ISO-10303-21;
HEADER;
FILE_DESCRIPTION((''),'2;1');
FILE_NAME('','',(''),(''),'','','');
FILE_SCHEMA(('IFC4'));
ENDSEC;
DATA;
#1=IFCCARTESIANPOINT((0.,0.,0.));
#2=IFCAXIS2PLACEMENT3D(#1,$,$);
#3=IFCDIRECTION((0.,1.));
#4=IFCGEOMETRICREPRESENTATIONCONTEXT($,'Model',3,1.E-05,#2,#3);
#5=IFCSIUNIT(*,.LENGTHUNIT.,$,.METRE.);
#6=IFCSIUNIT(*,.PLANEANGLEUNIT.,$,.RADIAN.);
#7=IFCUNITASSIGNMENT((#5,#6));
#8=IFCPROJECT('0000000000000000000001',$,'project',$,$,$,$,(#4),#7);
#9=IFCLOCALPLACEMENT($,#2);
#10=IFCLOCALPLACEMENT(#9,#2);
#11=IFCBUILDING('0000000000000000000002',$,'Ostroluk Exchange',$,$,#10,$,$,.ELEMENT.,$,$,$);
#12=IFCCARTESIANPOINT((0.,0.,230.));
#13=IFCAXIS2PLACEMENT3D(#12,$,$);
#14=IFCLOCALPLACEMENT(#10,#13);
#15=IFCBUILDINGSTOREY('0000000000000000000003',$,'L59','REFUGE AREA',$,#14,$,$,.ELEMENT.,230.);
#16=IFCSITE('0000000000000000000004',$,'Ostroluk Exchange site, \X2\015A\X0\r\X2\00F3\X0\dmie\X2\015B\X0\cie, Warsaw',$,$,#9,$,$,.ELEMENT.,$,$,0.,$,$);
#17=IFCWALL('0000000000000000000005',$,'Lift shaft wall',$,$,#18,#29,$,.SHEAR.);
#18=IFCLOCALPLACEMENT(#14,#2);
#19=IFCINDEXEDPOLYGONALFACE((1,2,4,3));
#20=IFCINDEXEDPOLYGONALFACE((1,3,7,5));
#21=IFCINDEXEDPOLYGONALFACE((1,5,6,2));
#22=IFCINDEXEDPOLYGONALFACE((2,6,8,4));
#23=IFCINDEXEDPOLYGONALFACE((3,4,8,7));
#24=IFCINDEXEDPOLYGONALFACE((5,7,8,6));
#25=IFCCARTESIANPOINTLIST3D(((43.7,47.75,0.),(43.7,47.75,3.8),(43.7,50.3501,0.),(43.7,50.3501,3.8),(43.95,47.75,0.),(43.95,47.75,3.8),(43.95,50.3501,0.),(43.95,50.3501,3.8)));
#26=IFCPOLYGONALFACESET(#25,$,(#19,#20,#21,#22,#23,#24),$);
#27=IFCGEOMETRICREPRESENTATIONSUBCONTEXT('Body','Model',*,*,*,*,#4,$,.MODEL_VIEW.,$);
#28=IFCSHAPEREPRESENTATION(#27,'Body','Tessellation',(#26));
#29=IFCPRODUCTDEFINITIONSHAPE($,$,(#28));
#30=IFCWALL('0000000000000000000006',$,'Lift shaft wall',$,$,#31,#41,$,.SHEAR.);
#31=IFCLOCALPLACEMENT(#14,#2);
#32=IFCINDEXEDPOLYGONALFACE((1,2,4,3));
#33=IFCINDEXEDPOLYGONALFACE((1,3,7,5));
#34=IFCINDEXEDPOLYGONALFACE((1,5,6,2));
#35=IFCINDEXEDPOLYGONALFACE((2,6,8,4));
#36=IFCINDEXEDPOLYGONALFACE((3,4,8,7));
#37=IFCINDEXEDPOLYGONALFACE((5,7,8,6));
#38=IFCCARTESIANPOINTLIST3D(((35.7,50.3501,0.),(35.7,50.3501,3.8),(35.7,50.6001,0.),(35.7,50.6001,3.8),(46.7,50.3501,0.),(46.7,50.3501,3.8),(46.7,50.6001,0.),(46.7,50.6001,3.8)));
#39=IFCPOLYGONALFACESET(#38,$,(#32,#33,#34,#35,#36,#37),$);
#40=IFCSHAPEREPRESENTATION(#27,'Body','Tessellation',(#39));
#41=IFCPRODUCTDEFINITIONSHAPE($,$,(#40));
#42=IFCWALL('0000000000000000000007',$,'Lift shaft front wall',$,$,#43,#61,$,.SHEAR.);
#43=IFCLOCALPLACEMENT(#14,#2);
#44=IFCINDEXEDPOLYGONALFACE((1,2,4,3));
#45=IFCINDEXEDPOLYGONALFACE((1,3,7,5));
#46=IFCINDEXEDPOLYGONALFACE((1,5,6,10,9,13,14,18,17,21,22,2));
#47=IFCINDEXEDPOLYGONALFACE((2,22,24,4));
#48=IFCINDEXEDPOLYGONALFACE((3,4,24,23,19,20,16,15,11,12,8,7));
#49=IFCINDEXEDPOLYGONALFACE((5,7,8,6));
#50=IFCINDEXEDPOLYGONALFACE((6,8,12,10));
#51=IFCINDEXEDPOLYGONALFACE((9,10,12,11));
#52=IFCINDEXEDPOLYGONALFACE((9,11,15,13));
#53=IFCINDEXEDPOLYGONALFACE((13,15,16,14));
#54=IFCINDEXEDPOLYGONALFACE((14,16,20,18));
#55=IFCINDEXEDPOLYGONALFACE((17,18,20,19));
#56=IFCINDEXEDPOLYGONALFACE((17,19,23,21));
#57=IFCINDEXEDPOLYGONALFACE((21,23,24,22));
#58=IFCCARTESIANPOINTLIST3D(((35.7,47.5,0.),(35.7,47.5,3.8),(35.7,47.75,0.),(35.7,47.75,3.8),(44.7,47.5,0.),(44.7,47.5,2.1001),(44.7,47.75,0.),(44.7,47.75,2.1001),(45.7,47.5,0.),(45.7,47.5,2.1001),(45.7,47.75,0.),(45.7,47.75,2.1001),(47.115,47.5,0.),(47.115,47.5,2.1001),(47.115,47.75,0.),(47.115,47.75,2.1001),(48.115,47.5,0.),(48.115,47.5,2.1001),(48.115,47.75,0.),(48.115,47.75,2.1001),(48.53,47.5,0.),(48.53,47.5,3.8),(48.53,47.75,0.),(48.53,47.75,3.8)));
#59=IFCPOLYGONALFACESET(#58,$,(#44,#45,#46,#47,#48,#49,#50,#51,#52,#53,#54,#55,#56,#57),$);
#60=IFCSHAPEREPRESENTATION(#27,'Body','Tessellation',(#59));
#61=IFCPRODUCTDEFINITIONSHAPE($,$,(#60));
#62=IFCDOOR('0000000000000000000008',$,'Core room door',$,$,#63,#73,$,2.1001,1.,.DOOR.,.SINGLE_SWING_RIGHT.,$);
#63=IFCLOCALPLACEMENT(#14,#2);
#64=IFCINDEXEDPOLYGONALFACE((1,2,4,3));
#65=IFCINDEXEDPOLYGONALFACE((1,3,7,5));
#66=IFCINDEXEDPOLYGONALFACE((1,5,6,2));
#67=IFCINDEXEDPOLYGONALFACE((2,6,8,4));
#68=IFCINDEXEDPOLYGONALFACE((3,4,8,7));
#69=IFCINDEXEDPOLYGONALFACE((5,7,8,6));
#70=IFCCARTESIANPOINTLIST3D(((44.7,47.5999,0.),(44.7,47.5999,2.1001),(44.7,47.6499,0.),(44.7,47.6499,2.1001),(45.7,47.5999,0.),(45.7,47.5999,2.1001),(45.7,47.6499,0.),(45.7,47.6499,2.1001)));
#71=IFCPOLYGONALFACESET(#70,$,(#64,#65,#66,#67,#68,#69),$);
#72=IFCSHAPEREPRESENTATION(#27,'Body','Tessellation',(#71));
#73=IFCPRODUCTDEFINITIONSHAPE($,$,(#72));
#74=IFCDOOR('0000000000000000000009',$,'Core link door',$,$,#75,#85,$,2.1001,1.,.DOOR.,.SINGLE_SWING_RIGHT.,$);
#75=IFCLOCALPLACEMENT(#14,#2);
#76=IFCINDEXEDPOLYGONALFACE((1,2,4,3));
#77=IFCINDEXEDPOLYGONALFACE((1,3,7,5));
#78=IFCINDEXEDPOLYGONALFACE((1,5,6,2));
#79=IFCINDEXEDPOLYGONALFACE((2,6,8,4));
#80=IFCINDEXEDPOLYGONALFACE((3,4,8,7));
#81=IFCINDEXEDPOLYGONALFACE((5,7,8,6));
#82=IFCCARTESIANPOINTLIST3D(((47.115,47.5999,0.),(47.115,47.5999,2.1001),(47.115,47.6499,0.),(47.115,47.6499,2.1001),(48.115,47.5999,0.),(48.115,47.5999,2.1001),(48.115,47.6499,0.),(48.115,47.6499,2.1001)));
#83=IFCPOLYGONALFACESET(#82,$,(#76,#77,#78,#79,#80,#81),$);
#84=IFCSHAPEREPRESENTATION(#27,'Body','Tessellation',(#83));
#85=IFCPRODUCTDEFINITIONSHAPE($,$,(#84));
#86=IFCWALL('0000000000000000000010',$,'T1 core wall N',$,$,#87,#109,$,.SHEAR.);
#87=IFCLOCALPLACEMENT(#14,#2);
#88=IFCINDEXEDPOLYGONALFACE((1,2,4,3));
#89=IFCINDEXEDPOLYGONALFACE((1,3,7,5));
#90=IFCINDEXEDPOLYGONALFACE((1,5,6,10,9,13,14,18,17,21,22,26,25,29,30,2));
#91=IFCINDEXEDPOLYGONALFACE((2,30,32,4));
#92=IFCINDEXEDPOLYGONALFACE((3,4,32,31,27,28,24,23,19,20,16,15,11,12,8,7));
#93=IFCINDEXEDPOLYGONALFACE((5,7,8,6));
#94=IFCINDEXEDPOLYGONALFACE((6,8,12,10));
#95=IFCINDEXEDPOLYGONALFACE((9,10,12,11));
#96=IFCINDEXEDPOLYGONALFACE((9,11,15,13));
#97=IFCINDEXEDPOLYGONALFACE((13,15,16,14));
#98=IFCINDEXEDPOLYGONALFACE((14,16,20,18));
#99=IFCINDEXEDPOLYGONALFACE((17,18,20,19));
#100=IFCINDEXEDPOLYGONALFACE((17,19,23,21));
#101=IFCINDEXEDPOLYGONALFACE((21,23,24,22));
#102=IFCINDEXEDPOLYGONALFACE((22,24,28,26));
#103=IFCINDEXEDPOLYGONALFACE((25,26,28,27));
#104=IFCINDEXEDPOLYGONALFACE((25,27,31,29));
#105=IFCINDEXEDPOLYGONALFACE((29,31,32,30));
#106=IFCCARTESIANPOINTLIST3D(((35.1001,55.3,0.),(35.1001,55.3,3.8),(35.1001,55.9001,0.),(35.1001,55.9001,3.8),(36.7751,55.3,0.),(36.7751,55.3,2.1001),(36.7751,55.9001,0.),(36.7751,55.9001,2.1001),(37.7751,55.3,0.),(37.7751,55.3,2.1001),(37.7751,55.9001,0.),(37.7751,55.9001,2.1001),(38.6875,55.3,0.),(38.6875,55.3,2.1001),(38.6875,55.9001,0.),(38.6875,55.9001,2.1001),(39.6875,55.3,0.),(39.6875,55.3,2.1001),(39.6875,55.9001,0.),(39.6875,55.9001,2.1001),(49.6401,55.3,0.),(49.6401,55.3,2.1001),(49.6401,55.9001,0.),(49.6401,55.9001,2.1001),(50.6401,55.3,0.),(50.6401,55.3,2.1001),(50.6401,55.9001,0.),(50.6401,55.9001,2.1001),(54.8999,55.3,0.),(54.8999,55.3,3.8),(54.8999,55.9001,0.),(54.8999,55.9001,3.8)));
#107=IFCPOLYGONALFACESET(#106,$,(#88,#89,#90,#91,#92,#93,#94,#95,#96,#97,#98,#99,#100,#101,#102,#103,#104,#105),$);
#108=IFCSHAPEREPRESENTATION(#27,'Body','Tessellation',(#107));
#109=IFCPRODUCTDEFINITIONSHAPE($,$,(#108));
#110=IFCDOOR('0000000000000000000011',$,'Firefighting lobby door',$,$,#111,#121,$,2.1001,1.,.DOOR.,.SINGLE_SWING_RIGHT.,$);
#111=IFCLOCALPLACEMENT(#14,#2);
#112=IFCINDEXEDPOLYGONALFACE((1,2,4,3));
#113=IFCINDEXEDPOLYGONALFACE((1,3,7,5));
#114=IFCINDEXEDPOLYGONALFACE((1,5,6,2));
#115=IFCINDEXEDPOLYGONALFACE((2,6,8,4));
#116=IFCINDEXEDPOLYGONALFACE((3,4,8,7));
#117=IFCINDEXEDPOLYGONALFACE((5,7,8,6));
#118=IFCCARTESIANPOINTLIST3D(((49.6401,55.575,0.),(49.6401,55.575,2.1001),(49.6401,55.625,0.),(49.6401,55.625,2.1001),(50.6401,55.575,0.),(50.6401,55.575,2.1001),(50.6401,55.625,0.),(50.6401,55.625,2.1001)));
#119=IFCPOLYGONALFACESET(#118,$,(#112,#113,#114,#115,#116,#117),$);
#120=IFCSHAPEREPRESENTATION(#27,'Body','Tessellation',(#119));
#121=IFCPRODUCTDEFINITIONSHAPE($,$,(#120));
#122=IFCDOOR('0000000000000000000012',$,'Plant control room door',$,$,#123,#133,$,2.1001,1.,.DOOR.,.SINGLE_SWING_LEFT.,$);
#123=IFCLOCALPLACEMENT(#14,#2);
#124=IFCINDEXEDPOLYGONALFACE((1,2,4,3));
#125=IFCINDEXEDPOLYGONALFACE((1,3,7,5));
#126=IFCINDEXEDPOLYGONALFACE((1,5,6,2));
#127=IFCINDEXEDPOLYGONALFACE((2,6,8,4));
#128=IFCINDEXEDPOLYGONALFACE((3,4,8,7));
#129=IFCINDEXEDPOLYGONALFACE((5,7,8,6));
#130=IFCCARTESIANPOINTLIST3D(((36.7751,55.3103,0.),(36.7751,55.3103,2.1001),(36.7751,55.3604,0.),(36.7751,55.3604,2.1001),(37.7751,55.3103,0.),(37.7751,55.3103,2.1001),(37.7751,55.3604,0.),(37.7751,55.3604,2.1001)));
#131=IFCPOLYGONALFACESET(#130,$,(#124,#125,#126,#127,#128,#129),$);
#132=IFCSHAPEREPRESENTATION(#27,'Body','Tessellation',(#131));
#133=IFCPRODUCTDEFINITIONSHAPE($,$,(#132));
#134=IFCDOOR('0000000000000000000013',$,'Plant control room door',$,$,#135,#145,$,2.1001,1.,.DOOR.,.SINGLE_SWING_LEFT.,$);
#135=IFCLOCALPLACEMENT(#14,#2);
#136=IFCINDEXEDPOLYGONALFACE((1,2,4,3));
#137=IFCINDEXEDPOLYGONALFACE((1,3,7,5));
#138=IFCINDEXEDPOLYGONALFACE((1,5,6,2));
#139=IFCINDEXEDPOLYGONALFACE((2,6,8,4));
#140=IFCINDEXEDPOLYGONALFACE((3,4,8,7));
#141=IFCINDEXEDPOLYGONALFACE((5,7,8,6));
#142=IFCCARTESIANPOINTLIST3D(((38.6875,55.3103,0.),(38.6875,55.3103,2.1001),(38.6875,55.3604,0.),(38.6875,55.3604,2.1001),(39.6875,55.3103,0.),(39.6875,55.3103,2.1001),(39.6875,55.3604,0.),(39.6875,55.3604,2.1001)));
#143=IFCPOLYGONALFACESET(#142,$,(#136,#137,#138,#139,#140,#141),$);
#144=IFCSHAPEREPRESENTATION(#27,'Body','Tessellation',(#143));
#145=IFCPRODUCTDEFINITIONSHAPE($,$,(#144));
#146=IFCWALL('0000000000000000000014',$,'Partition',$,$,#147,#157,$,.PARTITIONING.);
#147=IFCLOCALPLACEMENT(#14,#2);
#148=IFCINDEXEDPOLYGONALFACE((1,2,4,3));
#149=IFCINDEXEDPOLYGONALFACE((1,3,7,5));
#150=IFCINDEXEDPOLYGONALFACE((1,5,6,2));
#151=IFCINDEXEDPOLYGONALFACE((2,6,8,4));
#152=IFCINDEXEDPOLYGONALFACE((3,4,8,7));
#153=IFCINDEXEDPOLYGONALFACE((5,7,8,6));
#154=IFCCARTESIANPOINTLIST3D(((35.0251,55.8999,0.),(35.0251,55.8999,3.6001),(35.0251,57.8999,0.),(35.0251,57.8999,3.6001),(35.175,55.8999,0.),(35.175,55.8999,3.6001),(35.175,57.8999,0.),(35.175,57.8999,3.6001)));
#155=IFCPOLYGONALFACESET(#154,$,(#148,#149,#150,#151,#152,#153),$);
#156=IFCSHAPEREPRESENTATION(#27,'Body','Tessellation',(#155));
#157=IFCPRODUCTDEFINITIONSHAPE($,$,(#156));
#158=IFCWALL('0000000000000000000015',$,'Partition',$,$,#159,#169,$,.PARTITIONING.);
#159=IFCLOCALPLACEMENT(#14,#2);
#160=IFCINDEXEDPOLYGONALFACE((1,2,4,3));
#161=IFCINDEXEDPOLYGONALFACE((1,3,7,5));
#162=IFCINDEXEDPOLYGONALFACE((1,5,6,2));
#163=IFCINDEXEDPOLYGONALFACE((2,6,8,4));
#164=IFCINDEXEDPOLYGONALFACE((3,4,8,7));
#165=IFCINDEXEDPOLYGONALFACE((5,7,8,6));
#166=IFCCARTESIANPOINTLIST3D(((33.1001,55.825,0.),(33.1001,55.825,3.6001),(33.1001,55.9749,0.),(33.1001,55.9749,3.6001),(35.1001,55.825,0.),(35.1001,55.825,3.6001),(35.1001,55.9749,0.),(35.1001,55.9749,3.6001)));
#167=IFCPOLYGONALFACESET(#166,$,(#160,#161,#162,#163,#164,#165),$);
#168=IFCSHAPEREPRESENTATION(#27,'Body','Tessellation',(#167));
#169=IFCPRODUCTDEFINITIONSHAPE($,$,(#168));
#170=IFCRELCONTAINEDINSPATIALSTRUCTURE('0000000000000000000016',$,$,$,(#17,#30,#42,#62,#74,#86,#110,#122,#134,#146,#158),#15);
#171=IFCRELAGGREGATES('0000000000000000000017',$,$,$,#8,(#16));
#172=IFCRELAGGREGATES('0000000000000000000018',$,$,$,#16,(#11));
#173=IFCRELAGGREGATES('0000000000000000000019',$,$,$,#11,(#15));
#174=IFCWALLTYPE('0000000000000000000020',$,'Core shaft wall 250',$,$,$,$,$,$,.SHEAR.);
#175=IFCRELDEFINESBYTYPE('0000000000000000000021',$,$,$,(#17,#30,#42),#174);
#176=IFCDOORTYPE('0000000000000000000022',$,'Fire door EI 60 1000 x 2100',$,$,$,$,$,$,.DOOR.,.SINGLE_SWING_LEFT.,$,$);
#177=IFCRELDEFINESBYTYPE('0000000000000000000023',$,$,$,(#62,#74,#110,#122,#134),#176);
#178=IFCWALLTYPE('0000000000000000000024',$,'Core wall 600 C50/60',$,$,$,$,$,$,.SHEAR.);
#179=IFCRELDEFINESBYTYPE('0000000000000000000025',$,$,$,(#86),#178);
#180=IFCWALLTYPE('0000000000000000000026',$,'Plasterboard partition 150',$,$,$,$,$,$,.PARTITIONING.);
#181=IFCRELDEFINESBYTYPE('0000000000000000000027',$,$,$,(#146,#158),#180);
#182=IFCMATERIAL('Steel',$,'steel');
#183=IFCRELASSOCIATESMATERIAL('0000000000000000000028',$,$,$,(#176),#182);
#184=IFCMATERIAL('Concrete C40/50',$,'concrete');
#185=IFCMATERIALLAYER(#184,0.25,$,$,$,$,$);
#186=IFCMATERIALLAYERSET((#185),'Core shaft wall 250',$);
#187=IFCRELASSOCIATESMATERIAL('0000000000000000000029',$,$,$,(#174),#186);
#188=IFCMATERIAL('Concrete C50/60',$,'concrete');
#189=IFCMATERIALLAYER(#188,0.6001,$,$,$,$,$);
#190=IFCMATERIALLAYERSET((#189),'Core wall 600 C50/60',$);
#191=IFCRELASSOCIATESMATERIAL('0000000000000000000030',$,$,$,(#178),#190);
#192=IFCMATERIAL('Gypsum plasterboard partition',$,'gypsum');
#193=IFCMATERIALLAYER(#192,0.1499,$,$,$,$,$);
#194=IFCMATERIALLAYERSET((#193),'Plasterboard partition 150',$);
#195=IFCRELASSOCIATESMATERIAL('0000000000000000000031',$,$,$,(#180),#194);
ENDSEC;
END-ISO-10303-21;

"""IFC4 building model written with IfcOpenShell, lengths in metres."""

from ifc_helpers import new_model, si_unit, direction, frame, frame_2d, origin, place, context, subcontext, project, spatial, rectangle, extrude, material, layer, layer_set, type_object, element, fill, save


model = new_model("IFC4")

# Units and contexts
model_context = context("Model", 3, precision=1e-05, world=origin(), true_north=direction((0.0, 1.0)))
body_context = subcontext(model_context, "Body", "Model", "MODEL_VIEW")
ifc_project = project(units=[si_unit("LENGTHUNIT", "METRE"), si_unit("PLANEANGLEUNIT", "RADIAN")], contexts=[model_context])

# Site, building, storey
site_placement = place(None, origin())
site = spatial("IfcSite", under=ifc_project, at=site_placement, Name="Ostroluk Exchange site, Śródmieście, Warsaw", CompositionType="ELEMENT", RefElevation=0.0)
building_placement = place(site_placement, origin())
building = spatial("IfcBuilding", under=site, at=building_placement, Name="Ostroluk Exchange", CompositionType="ELEMENT")
storey_placement = place(building_placement, frame((0.0, 0.0, 230.0)))
storey = spatial("IfcBuildingStorey", under=building, at=storey_placement, Name="L59", Description="REFUGE AREA", CompositionType="ELEMENT", Elevation=230.0)

# Shared definitions
ifc_material_1 = material(Name="Steel", Category="steel")
door_type = type_object("IfcDoorType", Name="Fire door EI 60 1000 x 2100", OperationType="SINGLE_SWING_LEFT", PredefinedType="DOOR", material=ifc_material_1)

# Walls
ifc_material_2 = material(Name="Concrete C40/50", Category="concrete")
ifc_layer_1 = layer(ifc_material_2, 0.25)
ifc_layer_set_1 = layer_set([ifc_layer_1], Name="Core shaft wall 250")
wall_type_1 = type_object("IfcWallType", Name="Core shaft wall 250", PredefinedType="SHEAR", material=ifc_layer_set_1)
for number, where, z_axis, x_axis, name in (
    (1, (43.825, 47.75, 0.0), (0.0, 0.0, 1.0), (0.0, 1.0, 0.0), "Lift shaft wall"),
):
    element("IfcWall", number, at=place(storey_placement, frame(where, z_axis=z_axis, x_axis=x_axis)), inside=storey, type_object=wall_type_1, Name=name, PredefinedType="SHEAR", context=body_context, shape_type="SweptSolid", body=[
        extrude(rectangle(XDim=2.6001, YDim=0.25, at=frame_2d((1.3, 0.0))), origin(), (0.0, 0.0, 1.0), 3.8),
    ])
wall_1_placement = place(storey_placement, frame((35.7, 50.4751, 0.0), z_axis=(0.0, 0.0, 1.0), x_axis=(1.0, 0.0, 0.0)))
element("IfcWall", 2, at=wall_1_placement, inside=storey, type_object=wall_type_1, Name="Lift shaft wall", PredefinedType="SHEAR", context=body_context, shape_type="SweptSolid", body=[
    extrude(rectangle(XDim=11.0, YDim=0.25, at=frame_2d((5.5, 0.0))), origin(), (0.0, 0.0, 1.0), 3.8),
])

# Walls, openings, doors
wall_2_placement = place(storey_placement, frame((35.7, 47.625, 0.0), z_axis=(0.0, 0.0, 1.0), x_axis=(1.0, 0.0, 0.0)))
wall_2 = element("IfcWall", 3, at=wall_2_placement, inside=storey, type_object=wall_type_1, Name="Lift shaft front wall", PredefinedType="SHEAR", context=body_context, shape_type="SweptSolid", body=[
    extrude(rectangle(XDim=12.8301, YDim=0.25, at=frame_2d((6.415, 0.0))), origin(), (0.0, 0.0, 1.0), 3.8),
])
opening_1_placement = place(wall_2_placement, frame((9.0, 0.0, 0.0)))
opening_1 = element("IfcOpeningElement", 4, at=opening_1_placement, cuts=wall_2, PredefinedType="OPENING", context=body_context, shape_type="SweptSolid", body=[
    extrude(rectangle(XDim=1.0, YDim=2.1001, at=frame_2d((0.5, 1.05))), frame((0.0, 0.135, 0.0), z_axis=(0.0, -1.0, 0.0), x_axis=(1.0, 0.0, 0.0)), (0.0, 0.0, 1.0), 0.27),
])
opening_2_placement = place(wall_2_placement, frame((11.415, 0.0, 0.0)))
opening_2 = element("IfcOpeningElement", 5, at=opening_2_placement, cuts=wall_2, PredefinedType="OPENING", context=body_context, shape_type="SweptSolid", body=[
    extrude(rectangle(XDim=1.0, YDim=2.1001, at=frame_2d((0.5, 1.05))), frame((0.0, 0.135, 0.0), z_axis=(0.0, -1.0, 0.0), x_axis=(1.0, 0.0, 0.0)), (0.0, 0.0, 1.0), 0.27),
])
door_1_placement = place(opening_1_placement, origin())
door_1 = element("IfcDoor", 6, at=door_1_placement, inside=storey, type_object=door_type, Name="Core room door", OperationType="SINGLE_SWING_RIGHT", OverallHeight=2.1001, OverallWidth=1.0, PredefinedType="DOOR", context=body_context, shape_type="SweptSolid", body=[
    extrude(rectangle(XDim=1.0, YDim=2.1001, at=frame_2d((0.5, 1.05))), frame((0.0, 0.0249, 0.0), z_axis=(0.0, -1.0, 0.0), x_axis=(1.0, 0.0, 0.0)), (0.0, 0.0, 1.0), 0.05),
])
fill(opening_1, door_1)
door_2_placement = place(opening_2_placement, origin())
door_2 = element("IfcDoor", 7, at=door_2_placement, inside=storey, type_object=door_type, Name="Core link door", OperationType="SINGLE_SWING_RIGHT", OverallHeight=2.1001, OverallWidth=1.0, PredefinedType="DOOR", context=body_context, shape_type="SweptSolid", body=[
    extrude(rectangle(XDim=1.0, YDim=2.1001, at=frame_2d((0.5, 1.05))), frame((0.0, 0.0249, 0.0), z_axis=(0.0, -1.0, 0.0), x_axis=(1.0, 0.0, 0.0)), (0.0, 0.0, 1.0), 0.05),
])
fill(opening_2, door_2)
ifc_material_3 = material(Name="Concrete C50/60", Category="concrete")
ifc_layer_2 = layer(ifc_material_3, 0.6001)
ifc_layer_set_2 = layer_set([ifc_layer_2], Name="Core wall 600 C50/60")
wall_type_2 = type_object("IfcWallType", Name="Core wall 600 C50/60", PredefinedType="SHEAR", material=ifc_layer_set_2)
wall_3_placement = place(storey_placement, frame((35.1001, 55.6001, 0.0), z_axis=(0.0, 0.0, 1.0), x_axis=(1.0, 0.0, 0.0)))
wall_3 = element("IfcWall", 8, at=wall_3_placement, inside=storey, type_object=wall_type_2, Name="T1 core wall N", PredefinedType="SHEAR", context=body_context, shape_type="SweptSolid", body=[
    extrude(rectangle(XDim=19.7998, YDim=0.6001, at=frame_2d((9.8999, 0.0))), origin(), (0.0, 0.0, 1.0), 3.8),
])
opening_3_placement = place(wall_3_placement, frame((14.54, 0.0, 0.0)))
opening_3 = element("IfcOpeningElement", 9, at=opening_3_placement, cuts=wall_3, PredefinedType="OPENING", context=body_context, shape_type="SweptSolid", body=[
    extrude(rectangle(XDim=1.0, YDim=2.1001, at=frame_2d((0.5, 1.05))), frame((0.0, 0.3101, 0.0), z_axis=(0.0, -1.0, 0.0), x_axis=(1.0, 0.0, 0.0)), (0.0, 0.0, 1.0), 0.6201),
])
opening_4_placement = place(wall_3_placement, frame((1.675, 0.0, 0.0)))
opening_4 = element("IfcOpeningElement", 10, at=opening_4_placement, cuts=wall_3, PredefinedType="OPENING", context=body_context, shape_type="SweptSolid", body=[
    extrude(rectangle(XDim=1.0, YDim=2.1001, at=frame_2d((0.5, 1.05))), frame((0.0, 0.3101, 0.0), z_axis=(0.0, -1.0, 0.0), x_axis=(1.0, 0.0, 0.0)), (0.0, 0.0, 1.0), 0.6201),
])
opening_5_placement = place(wall_3_placement, frame((3.5874, 0.0, 0.0)))
opening_5 = element("IfcOpeningElement", 11, at=opening_5_placement, cuts=wall_3, PredefinedType="OPENING", context=body_context, shape_type="SweptSolid", body=[
    extrude(rectangle(XDim=1.0, YDim=2.1001, at=frame_2d((0.5, 1.05))), frame((0.0, 0.3101, 0.0), z_axis=(0.0, -1.0, 0.0), x_axis=(1.0, 0.0, 0.0)), (0.0, 0.0, 1.0), 0.6201),
])
door_3_placement = place(opening_3_placement, origin())
door_3 = element("IfcDoor", 12, at=door_3_placement, inside=storey, type_object=door_type, Name="Firefighting lobby door", OperationType="SINGLE_SWING_RIGHT", OverallHeight=2.1001, OverallWidth=1.0, PredefinedType="DOOR", context=body_context, shape_type="SweptSolid", body=[
    extrude(rectangle(XDim=1.0, YDim=2.1001, at=frame_2d((0.5, 1.05))), frame((0.0, 0.0249, 0.0), z_axis=(0.0, -1.0, 0.0), x_axis=(1.0, 0.0, 0.0)), (0.0, 0.0, 1.0), 0.05),
])
fill(opening_3, door_3)
door_4_placement = place(opening_4_placement, origin())
door_4 = element("IfcDoor", 13, at=door_4_placement, inside=storey, type_object=door_type, Name="Plant control room door", OperationType="SINGLE_SWING_LEFT", OverallHeight=2.1001, OverallWidth=1.0, PredefinedType="DOOR", context=body_context, shape_type="SweptSolid", body=[
    extrude(rectangle(XDim=1.0, YDim=2.1001, at=frame_2d((0.5, 1.05))), frame((0.0, -0.2397, 0.0), z_axis=(0.0, -1.0, 0.0), x_axis=(1.0, 0.0, 0.0)), (0.0, 0.0, 1.0), 0.05),
])
fill(opening_4, door_4)
door_5_placement = place(opening_5_placement, origin())
door_5 = element("IfcDoor", 14, at=door_5_placement, inside=storey, type_object=door_type, Name="Plant control room door", OperationType="SINGLE_SWING_LEFT", OverallHeight=2.1001, OverallWidth=1.0, PredefinedType="DOOR", context=body_context, shape_type="SweptSolid", body=[
    extrude(rectangle(XDim=1.0, YDim=2.1001, at=frame_2d((0.5, 1.05))), frame((0.0, -0.2397, 0.0), z_axis=(0.0, -1.0, 0.0), x_axis=(1.0, 0.0, 0.0)), (0.0, 0.0, 1.0), 0.05),
])
fill(opening_5, door_5)

# Walls
ifc_material_4 = material(Name="Gypsum plasterboard partition", Category="gypsum")
ifc_layer_3 = layer(ifc_material_4, 0.1499)
ifc_layer_set_3 = layer_set([ifc_layer_3], Name="Plasterboard partition 150")
wall_type_3 = type_object("IfcWallType", Name="Plasterboard partition 150", PredefinedType="PARTITIONING", material=ifc_layer_set_3)
for number, where, z_axis, x_axis, name in (
    (15, (35.1001, 55.8999, 0.0), (0.0, 0.0, 1.0), (0.0, 1.0, 0.0), "Partition"),
    (16, (35.1001, 55.8999, 0.0), (0.0, 0.0, 1.0), (-1.0, 0.0, 0.0), "Partition"),
):
    element("IfcWall", number, at=place(storey_placement, frame(where, z_axis=z_axis, x_axis=x_axis)), inside=storey, type_object=wall_type_3, Name=name, PredefinedType="PARTITIONING", context=body_context, shape_type="SweptSolid", body=[
        extrude(rectangle(XDim=2.0, YDim=0.1499, at=frame_2d((1.0, 0.0))), origin(), (0.0, 0.0, 1.0), 3.6001),
    ])

save(model, "model.ifc")
